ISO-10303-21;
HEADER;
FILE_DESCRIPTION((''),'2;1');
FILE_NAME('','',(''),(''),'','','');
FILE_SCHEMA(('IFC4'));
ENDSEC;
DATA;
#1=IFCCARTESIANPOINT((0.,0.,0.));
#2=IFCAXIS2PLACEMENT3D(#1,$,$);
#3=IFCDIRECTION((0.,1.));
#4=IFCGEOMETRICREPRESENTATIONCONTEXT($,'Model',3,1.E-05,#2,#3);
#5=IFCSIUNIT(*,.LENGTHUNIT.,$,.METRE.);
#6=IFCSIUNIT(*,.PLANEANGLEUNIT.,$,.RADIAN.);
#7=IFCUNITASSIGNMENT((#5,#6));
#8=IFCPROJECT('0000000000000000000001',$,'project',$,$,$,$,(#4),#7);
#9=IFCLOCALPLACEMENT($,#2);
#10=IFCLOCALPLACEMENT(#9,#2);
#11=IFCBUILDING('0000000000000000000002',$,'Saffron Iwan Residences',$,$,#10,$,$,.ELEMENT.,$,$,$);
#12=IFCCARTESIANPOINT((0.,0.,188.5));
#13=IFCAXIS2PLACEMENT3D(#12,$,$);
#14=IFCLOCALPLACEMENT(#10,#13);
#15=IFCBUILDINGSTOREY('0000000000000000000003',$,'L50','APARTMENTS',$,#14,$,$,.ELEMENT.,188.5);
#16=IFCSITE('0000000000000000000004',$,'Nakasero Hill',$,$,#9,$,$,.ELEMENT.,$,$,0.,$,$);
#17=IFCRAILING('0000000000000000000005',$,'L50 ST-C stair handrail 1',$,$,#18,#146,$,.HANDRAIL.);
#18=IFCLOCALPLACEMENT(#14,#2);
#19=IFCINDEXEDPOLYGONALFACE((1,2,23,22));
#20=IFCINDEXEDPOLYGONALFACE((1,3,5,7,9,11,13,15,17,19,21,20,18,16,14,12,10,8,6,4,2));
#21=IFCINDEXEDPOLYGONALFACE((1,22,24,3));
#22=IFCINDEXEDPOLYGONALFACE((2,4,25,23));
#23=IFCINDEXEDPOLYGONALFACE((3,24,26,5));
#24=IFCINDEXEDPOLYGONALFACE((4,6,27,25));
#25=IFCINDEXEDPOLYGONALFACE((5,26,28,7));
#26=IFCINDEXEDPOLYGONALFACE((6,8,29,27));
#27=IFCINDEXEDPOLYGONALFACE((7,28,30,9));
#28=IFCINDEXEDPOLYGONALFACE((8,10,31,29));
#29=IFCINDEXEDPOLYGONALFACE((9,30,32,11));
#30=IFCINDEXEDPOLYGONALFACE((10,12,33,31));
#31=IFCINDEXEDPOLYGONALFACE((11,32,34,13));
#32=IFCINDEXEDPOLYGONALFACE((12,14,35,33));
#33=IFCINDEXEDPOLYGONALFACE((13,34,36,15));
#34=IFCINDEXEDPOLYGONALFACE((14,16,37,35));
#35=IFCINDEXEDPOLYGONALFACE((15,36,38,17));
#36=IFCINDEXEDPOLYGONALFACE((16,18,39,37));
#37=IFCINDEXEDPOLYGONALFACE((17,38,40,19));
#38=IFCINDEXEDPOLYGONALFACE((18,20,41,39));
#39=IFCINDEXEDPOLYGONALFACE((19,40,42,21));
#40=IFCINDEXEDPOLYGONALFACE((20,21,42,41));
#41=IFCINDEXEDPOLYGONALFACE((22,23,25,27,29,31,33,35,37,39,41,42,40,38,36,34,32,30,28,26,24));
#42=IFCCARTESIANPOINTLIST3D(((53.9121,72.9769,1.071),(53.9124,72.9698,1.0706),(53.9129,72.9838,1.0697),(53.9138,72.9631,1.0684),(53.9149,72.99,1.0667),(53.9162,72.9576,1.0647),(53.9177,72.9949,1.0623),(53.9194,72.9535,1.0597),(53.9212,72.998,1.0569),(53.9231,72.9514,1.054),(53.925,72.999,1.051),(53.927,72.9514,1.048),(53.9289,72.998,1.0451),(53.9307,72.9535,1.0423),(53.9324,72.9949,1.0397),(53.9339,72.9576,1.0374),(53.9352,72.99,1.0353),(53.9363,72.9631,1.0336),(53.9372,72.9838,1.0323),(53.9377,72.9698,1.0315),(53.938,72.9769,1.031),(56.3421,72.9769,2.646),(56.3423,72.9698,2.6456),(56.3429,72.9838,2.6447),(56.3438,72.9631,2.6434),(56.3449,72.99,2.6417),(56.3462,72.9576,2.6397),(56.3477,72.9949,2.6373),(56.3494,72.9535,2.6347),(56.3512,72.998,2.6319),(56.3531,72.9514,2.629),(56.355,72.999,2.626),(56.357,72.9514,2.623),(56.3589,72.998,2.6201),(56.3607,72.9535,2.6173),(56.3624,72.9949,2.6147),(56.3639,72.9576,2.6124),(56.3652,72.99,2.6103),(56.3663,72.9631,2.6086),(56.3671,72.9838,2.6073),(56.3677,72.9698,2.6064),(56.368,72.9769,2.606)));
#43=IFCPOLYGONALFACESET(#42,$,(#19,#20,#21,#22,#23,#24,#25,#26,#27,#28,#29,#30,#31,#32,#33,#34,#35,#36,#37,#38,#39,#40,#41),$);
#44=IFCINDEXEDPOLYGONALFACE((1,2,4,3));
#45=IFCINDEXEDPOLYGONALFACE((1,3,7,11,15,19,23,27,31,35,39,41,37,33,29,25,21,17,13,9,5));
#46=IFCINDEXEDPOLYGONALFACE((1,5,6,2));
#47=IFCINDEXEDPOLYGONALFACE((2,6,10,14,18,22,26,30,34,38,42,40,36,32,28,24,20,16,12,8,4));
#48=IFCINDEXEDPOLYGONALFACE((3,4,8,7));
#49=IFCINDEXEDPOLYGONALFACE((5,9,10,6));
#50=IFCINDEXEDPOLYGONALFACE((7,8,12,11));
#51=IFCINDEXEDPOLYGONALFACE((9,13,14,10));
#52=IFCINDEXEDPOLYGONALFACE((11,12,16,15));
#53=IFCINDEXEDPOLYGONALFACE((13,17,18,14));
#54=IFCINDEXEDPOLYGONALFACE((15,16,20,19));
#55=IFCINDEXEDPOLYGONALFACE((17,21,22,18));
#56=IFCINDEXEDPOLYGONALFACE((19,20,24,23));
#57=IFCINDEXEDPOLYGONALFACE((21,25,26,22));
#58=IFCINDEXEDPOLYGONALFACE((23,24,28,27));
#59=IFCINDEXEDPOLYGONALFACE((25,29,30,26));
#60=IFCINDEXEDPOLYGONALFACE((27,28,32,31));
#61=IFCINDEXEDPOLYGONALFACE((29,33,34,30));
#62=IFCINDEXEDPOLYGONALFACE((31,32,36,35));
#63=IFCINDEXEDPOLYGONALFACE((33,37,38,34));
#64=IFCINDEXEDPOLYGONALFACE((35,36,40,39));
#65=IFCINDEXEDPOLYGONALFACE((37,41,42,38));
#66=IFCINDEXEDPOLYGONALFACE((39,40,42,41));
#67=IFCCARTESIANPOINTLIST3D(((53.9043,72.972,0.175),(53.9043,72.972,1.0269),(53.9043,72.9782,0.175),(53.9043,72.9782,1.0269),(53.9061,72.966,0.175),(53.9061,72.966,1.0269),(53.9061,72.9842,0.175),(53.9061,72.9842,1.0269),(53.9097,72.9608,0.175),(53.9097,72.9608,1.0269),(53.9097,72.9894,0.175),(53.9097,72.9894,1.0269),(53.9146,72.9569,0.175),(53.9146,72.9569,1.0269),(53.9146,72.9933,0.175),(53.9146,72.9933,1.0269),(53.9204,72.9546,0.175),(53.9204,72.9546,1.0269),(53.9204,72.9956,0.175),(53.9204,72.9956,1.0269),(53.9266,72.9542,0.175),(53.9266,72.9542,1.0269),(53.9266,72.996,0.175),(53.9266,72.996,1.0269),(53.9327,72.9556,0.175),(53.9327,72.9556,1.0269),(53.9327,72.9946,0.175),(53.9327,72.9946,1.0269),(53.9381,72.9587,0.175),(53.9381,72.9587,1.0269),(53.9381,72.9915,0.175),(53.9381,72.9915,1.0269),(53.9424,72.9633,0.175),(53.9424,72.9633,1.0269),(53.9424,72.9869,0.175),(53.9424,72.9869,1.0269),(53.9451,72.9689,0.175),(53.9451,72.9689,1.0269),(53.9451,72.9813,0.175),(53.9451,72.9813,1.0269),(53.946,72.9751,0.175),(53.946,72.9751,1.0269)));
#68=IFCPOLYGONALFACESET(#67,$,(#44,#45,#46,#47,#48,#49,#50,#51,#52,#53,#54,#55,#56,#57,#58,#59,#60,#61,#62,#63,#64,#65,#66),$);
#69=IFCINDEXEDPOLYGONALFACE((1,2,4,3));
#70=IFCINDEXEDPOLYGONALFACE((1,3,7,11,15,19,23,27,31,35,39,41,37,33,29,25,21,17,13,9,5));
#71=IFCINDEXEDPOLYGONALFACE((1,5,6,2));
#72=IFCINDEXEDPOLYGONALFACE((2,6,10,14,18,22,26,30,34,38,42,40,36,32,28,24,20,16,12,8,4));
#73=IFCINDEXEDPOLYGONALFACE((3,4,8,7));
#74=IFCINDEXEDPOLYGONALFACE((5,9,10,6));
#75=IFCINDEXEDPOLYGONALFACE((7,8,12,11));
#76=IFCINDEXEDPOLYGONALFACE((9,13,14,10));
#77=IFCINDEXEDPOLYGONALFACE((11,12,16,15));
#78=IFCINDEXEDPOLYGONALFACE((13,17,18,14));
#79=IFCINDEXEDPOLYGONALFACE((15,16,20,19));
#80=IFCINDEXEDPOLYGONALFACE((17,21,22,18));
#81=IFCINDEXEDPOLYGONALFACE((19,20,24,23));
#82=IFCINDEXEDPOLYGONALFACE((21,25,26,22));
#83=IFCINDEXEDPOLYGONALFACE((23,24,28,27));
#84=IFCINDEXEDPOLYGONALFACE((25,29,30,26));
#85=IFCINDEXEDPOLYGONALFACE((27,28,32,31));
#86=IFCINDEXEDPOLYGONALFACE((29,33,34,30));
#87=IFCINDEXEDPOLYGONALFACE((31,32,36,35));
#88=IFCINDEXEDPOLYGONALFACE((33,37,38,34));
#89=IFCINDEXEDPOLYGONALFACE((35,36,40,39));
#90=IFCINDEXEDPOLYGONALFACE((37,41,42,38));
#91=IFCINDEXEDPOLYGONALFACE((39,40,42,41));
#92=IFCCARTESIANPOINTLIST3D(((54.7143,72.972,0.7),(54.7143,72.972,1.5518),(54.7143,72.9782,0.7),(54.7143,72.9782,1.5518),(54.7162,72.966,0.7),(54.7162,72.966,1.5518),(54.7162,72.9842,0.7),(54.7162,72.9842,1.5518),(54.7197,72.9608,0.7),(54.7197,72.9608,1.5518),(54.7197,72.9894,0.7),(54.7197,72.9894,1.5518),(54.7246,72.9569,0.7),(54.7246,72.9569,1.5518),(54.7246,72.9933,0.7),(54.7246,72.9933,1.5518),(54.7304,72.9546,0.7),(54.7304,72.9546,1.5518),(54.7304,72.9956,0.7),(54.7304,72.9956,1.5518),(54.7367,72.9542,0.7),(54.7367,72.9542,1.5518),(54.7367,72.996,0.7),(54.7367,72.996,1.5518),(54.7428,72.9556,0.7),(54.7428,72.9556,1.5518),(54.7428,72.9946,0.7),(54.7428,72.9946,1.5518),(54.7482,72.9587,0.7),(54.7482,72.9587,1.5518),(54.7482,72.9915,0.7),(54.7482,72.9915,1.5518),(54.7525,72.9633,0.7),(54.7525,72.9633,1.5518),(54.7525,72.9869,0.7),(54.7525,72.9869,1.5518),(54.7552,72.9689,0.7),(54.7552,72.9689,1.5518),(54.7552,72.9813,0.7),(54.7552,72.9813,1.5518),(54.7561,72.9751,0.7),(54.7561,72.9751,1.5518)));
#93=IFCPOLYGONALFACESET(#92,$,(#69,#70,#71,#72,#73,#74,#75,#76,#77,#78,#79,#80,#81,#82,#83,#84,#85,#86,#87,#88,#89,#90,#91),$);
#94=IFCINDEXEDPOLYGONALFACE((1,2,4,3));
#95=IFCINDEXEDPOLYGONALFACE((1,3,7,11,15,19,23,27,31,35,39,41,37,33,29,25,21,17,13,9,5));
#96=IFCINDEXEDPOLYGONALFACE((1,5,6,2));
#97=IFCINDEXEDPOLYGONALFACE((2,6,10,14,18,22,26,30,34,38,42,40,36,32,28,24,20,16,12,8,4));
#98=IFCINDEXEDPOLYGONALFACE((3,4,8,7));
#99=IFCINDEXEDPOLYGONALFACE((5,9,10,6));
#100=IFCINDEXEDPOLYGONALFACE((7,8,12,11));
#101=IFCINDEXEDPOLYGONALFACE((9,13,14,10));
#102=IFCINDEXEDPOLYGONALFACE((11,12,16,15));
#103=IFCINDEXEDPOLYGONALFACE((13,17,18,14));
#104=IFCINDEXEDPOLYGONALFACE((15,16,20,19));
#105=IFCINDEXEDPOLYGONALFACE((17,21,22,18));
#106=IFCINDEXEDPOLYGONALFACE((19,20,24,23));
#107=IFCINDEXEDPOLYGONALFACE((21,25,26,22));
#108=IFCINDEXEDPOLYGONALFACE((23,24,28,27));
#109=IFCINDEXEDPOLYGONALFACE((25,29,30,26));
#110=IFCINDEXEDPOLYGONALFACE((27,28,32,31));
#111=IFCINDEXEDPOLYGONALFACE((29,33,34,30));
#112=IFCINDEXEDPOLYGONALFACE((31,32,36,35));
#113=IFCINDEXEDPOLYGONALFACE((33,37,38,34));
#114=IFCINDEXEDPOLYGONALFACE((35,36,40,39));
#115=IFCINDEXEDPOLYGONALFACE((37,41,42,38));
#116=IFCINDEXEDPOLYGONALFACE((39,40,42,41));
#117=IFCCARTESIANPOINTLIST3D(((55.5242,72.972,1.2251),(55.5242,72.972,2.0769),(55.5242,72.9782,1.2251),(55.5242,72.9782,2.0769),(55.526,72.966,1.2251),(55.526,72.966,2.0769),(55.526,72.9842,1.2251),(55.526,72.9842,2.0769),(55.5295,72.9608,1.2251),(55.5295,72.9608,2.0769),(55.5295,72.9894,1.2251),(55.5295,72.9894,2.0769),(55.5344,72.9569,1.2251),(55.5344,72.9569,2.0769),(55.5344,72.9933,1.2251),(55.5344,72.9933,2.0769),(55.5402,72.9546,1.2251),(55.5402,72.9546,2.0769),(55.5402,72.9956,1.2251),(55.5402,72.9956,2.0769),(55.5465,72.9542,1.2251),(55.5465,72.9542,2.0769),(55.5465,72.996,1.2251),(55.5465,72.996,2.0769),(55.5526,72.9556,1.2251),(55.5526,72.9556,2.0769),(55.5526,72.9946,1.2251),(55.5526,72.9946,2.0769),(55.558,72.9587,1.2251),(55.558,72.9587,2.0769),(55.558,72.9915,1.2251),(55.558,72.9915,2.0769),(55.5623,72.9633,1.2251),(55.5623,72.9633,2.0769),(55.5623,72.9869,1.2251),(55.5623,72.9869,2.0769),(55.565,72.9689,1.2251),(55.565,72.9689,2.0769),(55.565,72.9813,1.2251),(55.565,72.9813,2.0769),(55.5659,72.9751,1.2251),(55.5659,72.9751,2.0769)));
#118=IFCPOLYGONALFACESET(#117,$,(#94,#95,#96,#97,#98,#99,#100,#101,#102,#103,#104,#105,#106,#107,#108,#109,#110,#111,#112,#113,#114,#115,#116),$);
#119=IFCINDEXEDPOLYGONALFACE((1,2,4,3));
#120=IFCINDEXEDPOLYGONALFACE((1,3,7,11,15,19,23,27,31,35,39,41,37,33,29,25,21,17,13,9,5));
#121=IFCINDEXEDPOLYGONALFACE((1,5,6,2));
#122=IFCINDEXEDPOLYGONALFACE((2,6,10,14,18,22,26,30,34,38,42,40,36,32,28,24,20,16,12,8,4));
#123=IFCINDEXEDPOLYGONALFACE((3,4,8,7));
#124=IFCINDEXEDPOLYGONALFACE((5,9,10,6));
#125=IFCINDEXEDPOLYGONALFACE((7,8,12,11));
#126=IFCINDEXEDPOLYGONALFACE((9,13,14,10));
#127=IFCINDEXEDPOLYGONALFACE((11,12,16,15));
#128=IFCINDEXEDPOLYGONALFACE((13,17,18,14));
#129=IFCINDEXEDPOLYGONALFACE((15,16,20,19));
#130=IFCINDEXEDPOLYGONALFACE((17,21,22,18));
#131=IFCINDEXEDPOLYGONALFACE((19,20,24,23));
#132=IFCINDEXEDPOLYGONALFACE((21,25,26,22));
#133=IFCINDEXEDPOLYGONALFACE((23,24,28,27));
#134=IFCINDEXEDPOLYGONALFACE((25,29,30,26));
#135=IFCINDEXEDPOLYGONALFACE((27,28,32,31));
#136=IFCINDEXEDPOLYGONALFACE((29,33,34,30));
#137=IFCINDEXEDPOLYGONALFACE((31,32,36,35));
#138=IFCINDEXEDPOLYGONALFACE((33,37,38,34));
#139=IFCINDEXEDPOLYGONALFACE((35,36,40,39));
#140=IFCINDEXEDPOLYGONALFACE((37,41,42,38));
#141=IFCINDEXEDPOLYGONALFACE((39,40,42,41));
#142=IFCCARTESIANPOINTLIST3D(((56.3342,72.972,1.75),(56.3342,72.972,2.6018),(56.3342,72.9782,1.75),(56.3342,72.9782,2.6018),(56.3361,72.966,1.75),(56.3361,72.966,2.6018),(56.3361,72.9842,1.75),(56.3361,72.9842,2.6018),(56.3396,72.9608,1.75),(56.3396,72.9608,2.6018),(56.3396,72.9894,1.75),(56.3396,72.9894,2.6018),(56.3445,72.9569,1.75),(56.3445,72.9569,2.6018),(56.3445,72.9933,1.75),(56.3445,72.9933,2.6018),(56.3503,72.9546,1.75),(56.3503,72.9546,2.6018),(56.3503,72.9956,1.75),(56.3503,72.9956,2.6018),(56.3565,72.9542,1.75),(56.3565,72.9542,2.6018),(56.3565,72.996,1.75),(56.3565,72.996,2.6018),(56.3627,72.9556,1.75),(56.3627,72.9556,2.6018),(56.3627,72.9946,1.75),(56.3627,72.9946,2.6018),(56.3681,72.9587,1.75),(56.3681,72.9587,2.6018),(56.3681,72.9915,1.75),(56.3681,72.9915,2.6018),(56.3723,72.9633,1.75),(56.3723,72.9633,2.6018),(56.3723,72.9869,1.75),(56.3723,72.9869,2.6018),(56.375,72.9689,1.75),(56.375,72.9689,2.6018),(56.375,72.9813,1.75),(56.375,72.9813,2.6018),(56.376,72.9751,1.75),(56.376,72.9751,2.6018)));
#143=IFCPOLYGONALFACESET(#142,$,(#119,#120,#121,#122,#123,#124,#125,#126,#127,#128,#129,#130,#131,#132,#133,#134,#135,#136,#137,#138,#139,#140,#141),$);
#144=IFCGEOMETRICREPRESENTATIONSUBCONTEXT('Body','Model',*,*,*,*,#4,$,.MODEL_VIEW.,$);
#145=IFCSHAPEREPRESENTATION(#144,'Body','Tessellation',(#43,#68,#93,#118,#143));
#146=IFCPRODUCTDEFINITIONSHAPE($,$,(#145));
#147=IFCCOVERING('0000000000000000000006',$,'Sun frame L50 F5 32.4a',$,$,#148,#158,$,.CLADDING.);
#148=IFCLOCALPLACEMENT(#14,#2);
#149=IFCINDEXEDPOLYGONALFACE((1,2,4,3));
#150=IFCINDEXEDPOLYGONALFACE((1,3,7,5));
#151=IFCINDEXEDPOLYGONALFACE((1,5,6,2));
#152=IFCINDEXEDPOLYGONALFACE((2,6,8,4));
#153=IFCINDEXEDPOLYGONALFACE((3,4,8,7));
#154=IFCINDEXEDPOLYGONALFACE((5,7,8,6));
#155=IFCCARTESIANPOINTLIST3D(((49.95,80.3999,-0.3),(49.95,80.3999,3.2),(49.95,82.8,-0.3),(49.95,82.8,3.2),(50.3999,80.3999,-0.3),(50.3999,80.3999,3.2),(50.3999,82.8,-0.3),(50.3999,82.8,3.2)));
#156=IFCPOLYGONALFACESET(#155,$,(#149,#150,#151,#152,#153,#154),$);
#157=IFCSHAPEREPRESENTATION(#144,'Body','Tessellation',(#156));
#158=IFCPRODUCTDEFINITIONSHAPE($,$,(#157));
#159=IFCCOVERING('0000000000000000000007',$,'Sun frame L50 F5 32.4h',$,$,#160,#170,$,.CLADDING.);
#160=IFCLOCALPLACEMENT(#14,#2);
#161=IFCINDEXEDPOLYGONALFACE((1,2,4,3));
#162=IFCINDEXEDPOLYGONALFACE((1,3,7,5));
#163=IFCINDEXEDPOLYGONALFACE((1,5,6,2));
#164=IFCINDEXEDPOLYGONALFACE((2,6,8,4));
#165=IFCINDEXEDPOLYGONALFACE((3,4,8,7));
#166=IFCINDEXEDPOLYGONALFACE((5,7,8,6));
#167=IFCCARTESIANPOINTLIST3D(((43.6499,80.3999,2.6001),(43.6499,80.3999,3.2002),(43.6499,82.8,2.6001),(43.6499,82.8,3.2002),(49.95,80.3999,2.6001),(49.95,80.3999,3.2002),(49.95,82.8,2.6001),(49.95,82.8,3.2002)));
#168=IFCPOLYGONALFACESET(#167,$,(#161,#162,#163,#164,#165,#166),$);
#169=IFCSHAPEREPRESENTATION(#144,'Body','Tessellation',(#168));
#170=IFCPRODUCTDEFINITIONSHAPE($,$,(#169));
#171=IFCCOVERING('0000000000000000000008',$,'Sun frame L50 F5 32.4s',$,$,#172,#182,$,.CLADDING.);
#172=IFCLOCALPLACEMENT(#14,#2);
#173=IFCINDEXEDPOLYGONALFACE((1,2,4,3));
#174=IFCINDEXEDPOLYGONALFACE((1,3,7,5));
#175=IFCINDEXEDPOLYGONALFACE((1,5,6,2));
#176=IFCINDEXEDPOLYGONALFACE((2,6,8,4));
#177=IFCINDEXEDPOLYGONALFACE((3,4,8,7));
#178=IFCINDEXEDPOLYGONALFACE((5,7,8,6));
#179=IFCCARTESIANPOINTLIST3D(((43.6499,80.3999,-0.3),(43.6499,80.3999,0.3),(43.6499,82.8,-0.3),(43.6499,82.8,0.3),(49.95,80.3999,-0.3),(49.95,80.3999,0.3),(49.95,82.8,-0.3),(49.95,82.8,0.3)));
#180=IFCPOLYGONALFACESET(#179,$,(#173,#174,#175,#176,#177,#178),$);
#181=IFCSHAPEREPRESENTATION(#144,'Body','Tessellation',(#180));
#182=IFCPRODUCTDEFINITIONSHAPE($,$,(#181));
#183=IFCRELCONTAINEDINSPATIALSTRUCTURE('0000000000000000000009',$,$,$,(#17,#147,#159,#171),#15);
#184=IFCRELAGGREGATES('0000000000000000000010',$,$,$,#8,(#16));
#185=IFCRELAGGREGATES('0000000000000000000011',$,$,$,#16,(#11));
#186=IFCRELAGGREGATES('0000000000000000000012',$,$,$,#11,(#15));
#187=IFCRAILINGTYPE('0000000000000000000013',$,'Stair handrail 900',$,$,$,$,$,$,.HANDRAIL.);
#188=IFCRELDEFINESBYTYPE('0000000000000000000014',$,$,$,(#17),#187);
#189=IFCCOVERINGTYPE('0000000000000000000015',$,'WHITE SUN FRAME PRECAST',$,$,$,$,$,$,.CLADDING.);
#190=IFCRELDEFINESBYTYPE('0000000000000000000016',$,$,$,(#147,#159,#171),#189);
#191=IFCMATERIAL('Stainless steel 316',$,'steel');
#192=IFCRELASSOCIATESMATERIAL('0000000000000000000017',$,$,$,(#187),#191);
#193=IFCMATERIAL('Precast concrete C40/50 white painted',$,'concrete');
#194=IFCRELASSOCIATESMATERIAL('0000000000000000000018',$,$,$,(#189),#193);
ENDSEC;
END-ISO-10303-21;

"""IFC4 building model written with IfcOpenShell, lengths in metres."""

from ifc_helpers import new_model, si_unit, direction, frame, origin, origin_2d, place, context, subcontext, project, spatial, polyline, circle, outline, extrude, material, type_object, element, save


model = new_model("IFC4")

# Units and contexts
model_context = context("Model", 3, precision=1e-05, world=origin(), true_north=direction((0.0, 1.0)))
body_context = subcontext(model_context, "Body", "Model", "MODEL_VIEW")
ifc_project = project(units=[si_unit("LENGTHUNIT", "METRE"), si_unit("PLANEANGLEUNIT", "RADIAN")], contexts=[model_context])

# Site, building, storey
site_placement = place(None, origin())
site = spatial("IfcSite", under=ifc_project, at=site_placement, Name="Nakasero Hill", CompositionType="ELEMENT", RefElevation=0.0)
building_placement = place(site_placement, origin())
building = spatial("IfcBuilding", under=site, at=building_placement, Name="Saffron Iwan Residences", CompositionType="ELEMENT")
storey_placement = place(building_placement, frame((0.0, 0.0, 188.5)))
storey = spatial("IfcBuildingStorey", under=building, at=storey_placement, Name="L50", Description="APARTMENTS", CompositionType="ELEMENT", Elevation=188.5)

# Railing
ifc_material_1 = material(Name="Stainless steel 316", Category="steel")
railing_type_1 = type_object("IfcRailingType", Name="Stair handrail 900", PredefinedType="HANDRAIL", material=ifc_material_1)
railing_1_placement = place(storey_placement, frame((53.925, 72.9751, 0.175)))
element("IfcRailing", 1, at=railing_1_placement, inside=storey, type_object=railing_type_1, Name="L50 ST-C stair handrail 1", PredefinedType="HANDRAIL", context=body_context, shape_type="SweptSolid", body=[
    extrude(circle(Radius=0.0239, at=origin_2d()), frame((0.0, 0.0, 0.876), z_axis=(0.839154, 0.0, 0.543894), x_axis=(0.0, 1.0, 0.0)), (0.0, 0.0, 1.0), 2.8958),
    extrude(circle(Radius=0.021, at=origin_2d()), origin(), (0.0, 0.0, 1.0), 0.8518),
    extrude(circle(Radius=0.021, at=origin_2d()), frame((0.8101, 0.0, 0.5249)), (0.0, 0.0, 1.0), 0.8518),
    extrude(circle(Radius=0.021, at=origin_2d()), frame((1.6199, 0.0, 1.05)), (0.0, 0.0, 1.0), 0.8518),
    extrude(circle(Radius=0.021, at=origin_2d()), frame((2.4299, 0.0, 1.575)), (0.0, 0.0, 1.0), 0.8518),
])

# Coverings
ifc_material_2 = material(Name="Precast concrete C40/50 white painted", Category="concrete")
covering_type = type_object("IfcCoveringType", Name="WHITE SUN FRAME PRECAST", PredefinedType="CLADDING", material=ifc_material_2)
covering_placement = place(storey_placement, frame((50.3999, 80.3999, -0.3), z_axis=(0.0, 1.0, 0.0), x_axis=(-1.0, 0.0, 0.0)))
element("IfcCovering", 2, at=covering_placement, inside=storey, type_object=covering_type, Name="Sun frame L50 F5 32.4a", PredefinedType="CLADDING", context=body_context, shape_type="SweptSolid", body=[
    extrude(outline(polyline([(0.0, 0.0), (0.45, 0.0), (0.45, 3.5), (0.0, 3.5), (0.0, 0.0)])), origin(), (0.0, 0.0, 1.0), 2.4001),
])
for number, where, z_axis, x_axis, name in (
    (3, (49.95, 80.3999, 2.6001), (0.0, 1.0, 0.0), (-1.0, 0.0, 0.0), "Sun frame L50 F5 32.4h"),
    (4, (49.95, 80.3999, -0.3), (0.0, 1.0, 0.0), (-1.0, 0.0, 0.0), "Sun frame L50 F5 32.4s"),
):
    element("IfcCovering", number, at=place(storey_placement, frame(where, z_axis=z_axis, x_axis=x_axis)), inside=storey, type_object=covering_type, Name=name, PredefinedType="CLADDING", context=body_context, shape_type="SweptSolid", body=[
        extrude(outline(polyline([(0.0, 0.0), (6.3, 0.0), (6.3, 0.6001), (0.0, 0.6001), (0.0, 0.0)])), origin(), (0.0, 0.0, 1.0), 2.4001),
    ])

save(model, "model.ifc")
